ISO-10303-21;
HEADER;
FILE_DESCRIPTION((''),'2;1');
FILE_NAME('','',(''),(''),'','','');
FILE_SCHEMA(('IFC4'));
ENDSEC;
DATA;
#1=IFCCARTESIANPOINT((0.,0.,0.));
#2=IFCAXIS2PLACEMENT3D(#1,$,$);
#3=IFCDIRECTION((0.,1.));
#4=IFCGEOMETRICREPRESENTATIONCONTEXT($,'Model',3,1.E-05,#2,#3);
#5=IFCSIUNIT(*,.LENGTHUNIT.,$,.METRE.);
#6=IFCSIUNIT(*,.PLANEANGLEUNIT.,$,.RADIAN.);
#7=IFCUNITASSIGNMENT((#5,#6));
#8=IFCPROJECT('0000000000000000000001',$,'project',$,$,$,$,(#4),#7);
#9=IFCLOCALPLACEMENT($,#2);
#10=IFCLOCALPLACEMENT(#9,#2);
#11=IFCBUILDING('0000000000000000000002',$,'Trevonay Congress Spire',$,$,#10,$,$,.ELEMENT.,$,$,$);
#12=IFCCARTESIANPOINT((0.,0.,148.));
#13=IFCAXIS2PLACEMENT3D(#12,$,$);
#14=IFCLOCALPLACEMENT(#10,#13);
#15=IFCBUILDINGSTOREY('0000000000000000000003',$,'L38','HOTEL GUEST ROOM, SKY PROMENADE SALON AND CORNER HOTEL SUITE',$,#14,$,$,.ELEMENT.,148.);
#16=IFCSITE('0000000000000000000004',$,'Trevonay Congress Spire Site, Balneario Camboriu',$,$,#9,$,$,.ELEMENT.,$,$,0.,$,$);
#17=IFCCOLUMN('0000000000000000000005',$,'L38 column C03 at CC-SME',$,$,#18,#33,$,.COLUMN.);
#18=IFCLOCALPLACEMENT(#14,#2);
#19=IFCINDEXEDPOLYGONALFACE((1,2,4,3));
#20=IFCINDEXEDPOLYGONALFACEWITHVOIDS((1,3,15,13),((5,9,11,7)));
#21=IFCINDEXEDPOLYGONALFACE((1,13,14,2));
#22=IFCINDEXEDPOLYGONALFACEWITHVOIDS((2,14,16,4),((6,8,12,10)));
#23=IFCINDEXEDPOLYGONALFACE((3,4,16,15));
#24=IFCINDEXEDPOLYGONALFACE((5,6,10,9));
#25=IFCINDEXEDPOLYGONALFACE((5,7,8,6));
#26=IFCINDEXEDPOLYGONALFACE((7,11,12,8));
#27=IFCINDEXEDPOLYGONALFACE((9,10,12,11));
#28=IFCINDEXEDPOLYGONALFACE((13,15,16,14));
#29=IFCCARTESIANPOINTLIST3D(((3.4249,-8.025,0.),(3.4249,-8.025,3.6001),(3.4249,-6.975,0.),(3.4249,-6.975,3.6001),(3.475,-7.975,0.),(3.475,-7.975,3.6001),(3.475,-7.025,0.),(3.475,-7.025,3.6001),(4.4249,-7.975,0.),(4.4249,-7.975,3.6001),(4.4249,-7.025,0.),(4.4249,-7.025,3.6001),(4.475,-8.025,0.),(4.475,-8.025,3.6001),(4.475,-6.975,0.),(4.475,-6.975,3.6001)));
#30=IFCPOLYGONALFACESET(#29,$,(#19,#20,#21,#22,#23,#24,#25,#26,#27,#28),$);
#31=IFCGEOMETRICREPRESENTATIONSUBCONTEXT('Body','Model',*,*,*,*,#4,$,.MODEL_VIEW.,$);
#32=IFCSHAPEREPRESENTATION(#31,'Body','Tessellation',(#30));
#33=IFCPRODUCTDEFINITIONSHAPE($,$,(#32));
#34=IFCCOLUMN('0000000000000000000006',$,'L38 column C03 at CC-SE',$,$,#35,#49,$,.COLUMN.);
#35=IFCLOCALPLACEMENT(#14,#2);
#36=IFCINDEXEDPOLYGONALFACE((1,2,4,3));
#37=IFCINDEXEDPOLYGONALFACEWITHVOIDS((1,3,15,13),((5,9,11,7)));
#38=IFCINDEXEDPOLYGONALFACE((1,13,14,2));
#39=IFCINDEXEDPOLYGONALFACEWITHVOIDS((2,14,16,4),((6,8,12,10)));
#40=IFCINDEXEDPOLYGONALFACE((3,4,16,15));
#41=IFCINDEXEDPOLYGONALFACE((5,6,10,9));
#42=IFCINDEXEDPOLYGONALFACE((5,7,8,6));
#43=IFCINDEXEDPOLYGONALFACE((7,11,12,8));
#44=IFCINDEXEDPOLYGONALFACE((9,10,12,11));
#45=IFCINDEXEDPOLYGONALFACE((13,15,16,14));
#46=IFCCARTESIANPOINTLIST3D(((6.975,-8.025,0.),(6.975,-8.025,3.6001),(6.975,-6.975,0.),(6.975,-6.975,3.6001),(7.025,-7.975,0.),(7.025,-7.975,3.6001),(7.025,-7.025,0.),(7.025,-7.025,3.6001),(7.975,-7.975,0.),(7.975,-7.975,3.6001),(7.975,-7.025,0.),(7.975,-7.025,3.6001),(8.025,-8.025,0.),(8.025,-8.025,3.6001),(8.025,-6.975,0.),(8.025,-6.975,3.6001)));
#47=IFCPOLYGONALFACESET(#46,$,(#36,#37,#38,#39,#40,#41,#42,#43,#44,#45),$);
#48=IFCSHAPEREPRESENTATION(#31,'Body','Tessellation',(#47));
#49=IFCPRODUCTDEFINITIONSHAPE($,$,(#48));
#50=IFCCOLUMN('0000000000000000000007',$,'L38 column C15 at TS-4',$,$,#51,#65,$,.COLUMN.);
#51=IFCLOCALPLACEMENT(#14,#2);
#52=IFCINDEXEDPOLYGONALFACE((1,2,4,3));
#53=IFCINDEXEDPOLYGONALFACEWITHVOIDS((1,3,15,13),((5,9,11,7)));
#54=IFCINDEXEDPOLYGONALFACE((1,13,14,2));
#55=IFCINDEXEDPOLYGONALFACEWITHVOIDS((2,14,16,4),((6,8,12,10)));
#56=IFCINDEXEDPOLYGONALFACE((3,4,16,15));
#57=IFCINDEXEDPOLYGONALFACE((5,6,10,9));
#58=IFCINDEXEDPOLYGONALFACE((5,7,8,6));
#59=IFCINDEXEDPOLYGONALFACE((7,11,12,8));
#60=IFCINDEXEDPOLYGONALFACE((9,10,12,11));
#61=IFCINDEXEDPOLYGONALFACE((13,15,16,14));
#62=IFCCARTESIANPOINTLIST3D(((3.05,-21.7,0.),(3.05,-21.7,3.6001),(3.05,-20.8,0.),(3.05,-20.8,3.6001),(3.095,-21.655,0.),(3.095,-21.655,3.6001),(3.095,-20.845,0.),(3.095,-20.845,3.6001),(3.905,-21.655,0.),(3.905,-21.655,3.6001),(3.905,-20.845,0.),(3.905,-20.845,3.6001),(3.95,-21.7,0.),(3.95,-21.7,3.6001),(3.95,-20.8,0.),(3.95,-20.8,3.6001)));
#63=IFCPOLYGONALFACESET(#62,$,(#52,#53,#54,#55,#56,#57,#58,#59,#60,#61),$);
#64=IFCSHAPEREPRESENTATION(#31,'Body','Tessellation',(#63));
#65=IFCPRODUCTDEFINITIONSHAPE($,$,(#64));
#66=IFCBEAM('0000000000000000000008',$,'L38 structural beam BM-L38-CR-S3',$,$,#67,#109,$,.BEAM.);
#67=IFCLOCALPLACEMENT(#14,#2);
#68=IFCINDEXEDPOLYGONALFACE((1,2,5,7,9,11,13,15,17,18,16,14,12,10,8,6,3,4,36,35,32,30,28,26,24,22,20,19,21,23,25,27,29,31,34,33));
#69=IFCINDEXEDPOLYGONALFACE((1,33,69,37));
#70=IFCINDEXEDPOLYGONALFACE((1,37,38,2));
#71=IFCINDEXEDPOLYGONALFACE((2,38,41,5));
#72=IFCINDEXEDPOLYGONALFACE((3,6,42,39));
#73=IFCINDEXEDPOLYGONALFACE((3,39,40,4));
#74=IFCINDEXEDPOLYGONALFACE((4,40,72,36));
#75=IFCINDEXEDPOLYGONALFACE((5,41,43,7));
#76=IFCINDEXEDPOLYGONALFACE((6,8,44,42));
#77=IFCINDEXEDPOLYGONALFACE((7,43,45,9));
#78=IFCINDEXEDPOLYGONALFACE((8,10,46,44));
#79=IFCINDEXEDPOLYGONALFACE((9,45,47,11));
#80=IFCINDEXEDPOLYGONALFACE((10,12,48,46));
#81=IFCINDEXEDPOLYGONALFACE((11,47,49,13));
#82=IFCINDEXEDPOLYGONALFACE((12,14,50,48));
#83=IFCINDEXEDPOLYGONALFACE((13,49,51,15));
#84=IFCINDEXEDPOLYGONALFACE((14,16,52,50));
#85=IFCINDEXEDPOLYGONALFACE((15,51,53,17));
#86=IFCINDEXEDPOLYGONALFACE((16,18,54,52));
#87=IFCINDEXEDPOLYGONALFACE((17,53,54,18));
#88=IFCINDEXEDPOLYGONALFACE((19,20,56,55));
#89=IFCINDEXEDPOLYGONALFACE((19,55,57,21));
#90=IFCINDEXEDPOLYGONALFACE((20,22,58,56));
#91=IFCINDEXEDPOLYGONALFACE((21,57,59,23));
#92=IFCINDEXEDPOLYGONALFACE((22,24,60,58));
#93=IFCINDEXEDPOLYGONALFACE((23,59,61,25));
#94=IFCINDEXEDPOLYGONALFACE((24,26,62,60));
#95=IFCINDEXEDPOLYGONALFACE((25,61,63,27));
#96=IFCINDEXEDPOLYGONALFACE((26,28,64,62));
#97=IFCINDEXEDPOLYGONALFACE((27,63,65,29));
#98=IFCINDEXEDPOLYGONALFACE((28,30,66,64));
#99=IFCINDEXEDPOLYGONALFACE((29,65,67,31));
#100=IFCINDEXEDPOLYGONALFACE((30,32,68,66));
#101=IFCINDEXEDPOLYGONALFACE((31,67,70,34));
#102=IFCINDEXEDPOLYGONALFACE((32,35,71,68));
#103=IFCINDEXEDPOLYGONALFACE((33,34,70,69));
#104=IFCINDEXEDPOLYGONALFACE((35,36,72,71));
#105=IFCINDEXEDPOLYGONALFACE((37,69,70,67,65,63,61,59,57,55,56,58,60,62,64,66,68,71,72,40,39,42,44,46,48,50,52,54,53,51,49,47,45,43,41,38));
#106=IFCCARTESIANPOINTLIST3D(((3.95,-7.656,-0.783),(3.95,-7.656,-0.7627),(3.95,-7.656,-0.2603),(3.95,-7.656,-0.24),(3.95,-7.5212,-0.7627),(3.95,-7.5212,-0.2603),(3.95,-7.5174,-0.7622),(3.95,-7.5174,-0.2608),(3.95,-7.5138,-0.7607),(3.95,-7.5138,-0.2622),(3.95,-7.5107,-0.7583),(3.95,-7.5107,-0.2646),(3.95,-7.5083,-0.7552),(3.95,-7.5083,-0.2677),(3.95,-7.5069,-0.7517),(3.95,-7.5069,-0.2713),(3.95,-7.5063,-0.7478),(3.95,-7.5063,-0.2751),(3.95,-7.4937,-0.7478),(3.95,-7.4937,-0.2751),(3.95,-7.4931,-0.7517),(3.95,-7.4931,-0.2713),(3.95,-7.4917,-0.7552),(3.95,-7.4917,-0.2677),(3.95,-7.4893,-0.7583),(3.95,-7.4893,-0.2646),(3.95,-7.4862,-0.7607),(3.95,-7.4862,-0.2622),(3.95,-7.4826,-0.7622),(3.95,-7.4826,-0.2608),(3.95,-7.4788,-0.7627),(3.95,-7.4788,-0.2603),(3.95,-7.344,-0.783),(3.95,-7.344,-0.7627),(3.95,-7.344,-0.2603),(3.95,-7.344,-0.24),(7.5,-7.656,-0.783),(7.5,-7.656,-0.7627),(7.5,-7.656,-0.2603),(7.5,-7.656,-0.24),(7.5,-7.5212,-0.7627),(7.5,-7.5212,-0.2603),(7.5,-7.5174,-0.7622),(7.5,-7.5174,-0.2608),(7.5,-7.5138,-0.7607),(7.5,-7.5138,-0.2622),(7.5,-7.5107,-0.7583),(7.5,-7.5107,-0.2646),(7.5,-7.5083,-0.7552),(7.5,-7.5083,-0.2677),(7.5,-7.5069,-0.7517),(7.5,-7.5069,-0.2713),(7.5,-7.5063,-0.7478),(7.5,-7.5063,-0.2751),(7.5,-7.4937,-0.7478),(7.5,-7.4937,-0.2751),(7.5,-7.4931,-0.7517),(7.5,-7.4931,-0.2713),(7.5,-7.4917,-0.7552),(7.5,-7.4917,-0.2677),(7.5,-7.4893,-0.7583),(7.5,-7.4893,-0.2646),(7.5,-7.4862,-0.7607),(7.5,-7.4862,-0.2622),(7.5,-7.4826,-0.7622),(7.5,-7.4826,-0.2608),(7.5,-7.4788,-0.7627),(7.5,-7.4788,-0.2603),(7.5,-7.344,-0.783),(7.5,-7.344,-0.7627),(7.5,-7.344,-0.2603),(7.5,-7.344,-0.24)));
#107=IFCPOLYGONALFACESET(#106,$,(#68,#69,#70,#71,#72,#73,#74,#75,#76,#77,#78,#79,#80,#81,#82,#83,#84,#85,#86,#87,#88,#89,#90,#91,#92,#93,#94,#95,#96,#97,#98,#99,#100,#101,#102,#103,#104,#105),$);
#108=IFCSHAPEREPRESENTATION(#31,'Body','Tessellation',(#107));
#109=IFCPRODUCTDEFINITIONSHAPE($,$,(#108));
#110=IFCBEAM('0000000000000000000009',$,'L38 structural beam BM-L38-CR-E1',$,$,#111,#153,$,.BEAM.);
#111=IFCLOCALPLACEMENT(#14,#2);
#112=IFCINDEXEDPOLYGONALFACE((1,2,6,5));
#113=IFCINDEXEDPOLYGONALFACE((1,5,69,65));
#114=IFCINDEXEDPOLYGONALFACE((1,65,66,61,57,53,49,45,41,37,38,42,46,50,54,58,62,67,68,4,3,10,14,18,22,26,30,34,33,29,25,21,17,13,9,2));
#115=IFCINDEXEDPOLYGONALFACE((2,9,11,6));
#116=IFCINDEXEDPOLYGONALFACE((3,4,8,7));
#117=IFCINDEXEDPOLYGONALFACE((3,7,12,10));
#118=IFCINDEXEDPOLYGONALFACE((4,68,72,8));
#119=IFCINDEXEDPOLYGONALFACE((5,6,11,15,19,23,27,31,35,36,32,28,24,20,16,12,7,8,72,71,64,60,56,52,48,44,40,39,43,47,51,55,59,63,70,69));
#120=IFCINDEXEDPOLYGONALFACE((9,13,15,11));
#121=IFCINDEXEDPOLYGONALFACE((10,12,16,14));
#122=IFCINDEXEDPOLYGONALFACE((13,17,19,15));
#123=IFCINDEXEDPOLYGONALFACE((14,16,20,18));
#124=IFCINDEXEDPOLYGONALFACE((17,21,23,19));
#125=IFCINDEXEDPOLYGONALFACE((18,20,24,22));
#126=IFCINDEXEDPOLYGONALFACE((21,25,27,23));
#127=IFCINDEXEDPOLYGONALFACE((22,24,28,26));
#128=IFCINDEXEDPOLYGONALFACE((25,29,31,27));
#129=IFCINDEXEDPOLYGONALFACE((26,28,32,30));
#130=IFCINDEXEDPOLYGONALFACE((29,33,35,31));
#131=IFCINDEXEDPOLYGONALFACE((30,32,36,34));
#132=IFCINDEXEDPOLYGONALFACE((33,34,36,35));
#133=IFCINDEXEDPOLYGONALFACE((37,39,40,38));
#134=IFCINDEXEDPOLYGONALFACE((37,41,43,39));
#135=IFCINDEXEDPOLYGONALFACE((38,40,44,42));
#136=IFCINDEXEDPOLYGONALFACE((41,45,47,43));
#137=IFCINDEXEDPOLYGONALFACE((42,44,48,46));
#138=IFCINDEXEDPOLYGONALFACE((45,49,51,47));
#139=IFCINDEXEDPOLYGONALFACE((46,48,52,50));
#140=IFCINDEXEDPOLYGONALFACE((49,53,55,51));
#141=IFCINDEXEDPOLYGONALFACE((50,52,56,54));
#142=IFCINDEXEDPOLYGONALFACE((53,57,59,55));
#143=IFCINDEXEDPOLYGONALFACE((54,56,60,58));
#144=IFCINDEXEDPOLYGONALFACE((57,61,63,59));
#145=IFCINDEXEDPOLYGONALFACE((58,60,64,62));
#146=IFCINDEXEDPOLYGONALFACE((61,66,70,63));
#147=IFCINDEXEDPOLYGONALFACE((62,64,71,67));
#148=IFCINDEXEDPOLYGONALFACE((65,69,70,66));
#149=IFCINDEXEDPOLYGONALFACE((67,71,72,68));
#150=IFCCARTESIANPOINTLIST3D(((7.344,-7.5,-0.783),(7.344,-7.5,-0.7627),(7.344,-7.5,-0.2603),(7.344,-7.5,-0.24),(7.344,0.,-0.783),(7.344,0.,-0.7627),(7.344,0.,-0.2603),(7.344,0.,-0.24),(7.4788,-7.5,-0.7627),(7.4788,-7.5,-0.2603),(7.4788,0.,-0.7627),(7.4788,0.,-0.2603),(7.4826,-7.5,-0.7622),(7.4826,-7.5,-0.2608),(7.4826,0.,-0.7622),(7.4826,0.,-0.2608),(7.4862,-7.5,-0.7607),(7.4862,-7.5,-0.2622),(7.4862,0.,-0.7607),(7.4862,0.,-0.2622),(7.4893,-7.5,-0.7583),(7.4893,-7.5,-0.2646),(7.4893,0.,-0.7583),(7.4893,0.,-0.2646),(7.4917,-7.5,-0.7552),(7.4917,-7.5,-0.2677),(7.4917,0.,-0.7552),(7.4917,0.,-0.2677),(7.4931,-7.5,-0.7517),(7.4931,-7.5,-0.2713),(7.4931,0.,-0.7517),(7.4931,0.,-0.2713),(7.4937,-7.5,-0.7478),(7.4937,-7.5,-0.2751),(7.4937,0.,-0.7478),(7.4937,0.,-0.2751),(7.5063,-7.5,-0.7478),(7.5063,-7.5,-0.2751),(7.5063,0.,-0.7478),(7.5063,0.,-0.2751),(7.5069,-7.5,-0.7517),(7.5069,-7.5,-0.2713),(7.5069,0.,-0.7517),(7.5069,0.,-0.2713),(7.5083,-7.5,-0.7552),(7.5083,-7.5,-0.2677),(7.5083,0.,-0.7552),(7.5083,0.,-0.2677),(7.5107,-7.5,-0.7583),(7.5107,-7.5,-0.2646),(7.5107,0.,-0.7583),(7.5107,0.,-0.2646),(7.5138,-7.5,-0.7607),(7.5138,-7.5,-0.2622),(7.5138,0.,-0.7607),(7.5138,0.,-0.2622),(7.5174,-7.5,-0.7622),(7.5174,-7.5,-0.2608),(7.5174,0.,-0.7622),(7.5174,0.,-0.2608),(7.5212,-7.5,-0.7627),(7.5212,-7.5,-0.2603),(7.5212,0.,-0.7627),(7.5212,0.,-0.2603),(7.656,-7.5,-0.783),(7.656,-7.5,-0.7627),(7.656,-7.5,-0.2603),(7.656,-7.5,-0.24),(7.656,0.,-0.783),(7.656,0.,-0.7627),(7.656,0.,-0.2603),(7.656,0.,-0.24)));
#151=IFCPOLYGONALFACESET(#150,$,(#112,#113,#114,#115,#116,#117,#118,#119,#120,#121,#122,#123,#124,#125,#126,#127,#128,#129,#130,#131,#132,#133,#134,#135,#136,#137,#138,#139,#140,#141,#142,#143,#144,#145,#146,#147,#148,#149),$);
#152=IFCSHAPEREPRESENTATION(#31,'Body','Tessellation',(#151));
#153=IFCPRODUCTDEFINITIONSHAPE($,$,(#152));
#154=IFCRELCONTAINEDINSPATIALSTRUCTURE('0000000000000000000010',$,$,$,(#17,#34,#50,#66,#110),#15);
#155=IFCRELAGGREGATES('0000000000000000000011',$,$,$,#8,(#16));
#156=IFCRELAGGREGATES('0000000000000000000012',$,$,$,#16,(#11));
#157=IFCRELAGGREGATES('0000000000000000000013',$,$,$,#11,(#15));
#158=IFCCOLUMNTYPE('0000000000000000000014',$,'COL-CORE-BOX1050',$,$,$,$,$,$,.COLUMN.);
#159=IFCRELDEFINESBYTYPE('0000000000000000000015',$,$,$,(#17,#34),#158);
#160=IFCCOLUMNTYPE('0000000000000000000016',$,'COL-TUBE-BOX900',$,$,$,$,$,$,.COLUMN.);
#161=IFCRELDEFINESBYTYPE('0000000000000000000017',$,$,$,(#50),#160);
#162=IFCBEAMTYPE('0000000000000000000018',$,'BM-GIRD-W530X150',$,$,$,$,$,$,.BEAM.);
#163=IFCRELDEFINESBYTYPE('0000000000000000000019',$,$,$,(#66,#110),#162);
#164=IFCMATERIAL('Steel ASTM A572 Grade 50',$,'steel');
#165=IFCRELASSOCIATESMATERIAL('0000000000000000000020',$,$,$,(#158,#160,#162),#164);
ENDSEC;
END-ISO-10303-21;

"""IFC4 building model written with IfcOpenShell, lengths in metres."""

from ifc_helpers import new_model, si_unit, direction, frame, origin, origin_2d, place, context, subcontext, project, spatial, hollow_rectangle, i_section, extrude, material, material_profile, profile_set, type_object, element, save


model = new_model("IFC4")

# Units and contexts
model_context = context("Model", 3, precision=1e-05, world=origin(), true_north=direction((0.0, 1.0)))
body_context = subcontext(model_context, "Body", "Model", "MODEL_VIEW")
ifc_project = project(units=[si_unit("LENGTHUNIT", "METRE"), si_unit("PLANEANGLEUNIT", "RADIAN")], contexts=[model_context])

# Site, building, storey
site_placement = place(None, origin())
site = spatial("IfcSite", under=ifc_project, at=site_placement, Name="Trevonay Congress Spire Site, Balneario Camboriu", CompositionType="ELEMENT", RefElevation=0.0)
building_placement = place(site_placement, origin())
building = spatial("IfcBuilding", under=site, at=building_placement, Name="Trevonay Congress Spire", CompositionType="ELEMENT")
storey_placement = place(building_placement, frame((0.0, 0.0, 148.0)))
storey = spatial("IfcBuildingStorey", under=building, at=storey_placement, Name="L38", Description="HOTEL GUEST ROOM, SKY PROMENADE SALON AND CORNER HOTEL SUITE", CompositionType="ELEMENT", Elevation=148.0)

# Columns
ifc_material_1 = material(Name="Steel ASTM A572 Grade 50", Category="steel")
ifc_material_profile_1 = material_profile(ifc_material_1, hollow_rectangle(XDim=1.05, YDim=1.05, WallThickness=0.05, at=origin_2d()), Name="BOX 1050x1050x50")
ifc_profile_set_1 = profile_set([ifc_material_profile_1], Name="Steel ASTM A572 Grade 50")
column_type_1 = type_object("IfcColumnType", Name="COL-CORE-BOX1050", PredefinedType="COLUMN", material=ifc_profile_set_1)
for number, where, z_axis, x_axis, name in (
    (1, (3.95, -7.5, 0.0), (0.0, 0.0, 1.0), (1.0, 0.0, 0.0), "L38 column C03 at CC-SME"),
    (2, (7.5, -7.5, 0.0), (0.0, 0.0, 1.0), (1.0, 0.0, 0.0), "L38 column C03 at CC-SE"),
):
    element("IfcColumn", number, at=place(storey_placement, frame(where, z_axis=z_axis, x_axis=x_axis)), inside=storey, type_object=column_type_1, Name=name, PredefinedType="COLUMN", context=body_context, shape_type="SweptSolid", body=[
        extrude(hollow_rectangle(XDim=1.05, YDim=1.05, WallThickness=0.05, at=origin_2d()), origin(), (0.0, 0.0, 1.0), 3.6001),
    ])
ifc_material_profile_2 = material_profile(ifc_material_1, hollow_rectangle(XDim=0.8999, YDim=0.8999, WallThickness=0.0449, at=origin_2d()), Name="BOX 900x900x45")
ifc_profile_set_2 = profile_set([ifc_material_profile_2], Name="Steel ASTM A572 Grade 50")
column_type_2 = type_object("IfcColumnType", Name="COL-TUBE-BOX900", PredefinedType="COLUMN", material=ifc_profile_set_2)
column_placement = place(storey_placement, frame((3.5, -21.25, 0.0), z_axis=(0.0, 0.0, 1.0), x_axis=(1.0, 0.0, 0.0)))
element("IfcColumn", 3, at=column_placement, inside=storey, type_object=column_type_2, Name="L38 column C15 at TS-4", PredefinedType="COLUMN", context=body_context, shape_type="SweptSolid", body=[
    extrude(hollow_rectangle(XDim=0.8999, YDim=0.8999, WallThickness=0.0449, at=origin_2d()), origin(), (0.0, 0.0, 1.0), 3.6001),
])

# Beams
ifc_material_profile_3 = material_profile(ifc_material_1, i_section(OverallWidth=0.312, OverallDepth=0.543, WebThickness=0.0127, FlangeThickness=0.0203, FilletRadius=0.0149, at=origin_2d()), Name="W530x150")
ifc_profile_set_3 = profile_set([ifc_material_profile_3], Name="Steel ASTM A572 Grade 50")
beam_type_1 = type_object("IfcBeamType", Name="BM-GIRD-W530X150", PredefinedType="BEAM", material=ifc_profile_set_3)
beam_1_placement = place(storey_placement, frame((3.95, -7.5, -0.5115), z_axis=(1.0, 0.0, 0.0), x_axis=(0.0, 1.0, 0.0)))
element("IfcBeam", 4, at=beam_1_placement, inside=storey, type_object=beam_type_1, Name="L38 structural beam BM-L38-CR-S3", PredefinedType="BEAM", context=body_context, shape_type="SweptSolid", body=[
    extrude(i_section(OverallWidth=0.312, OverallDepth=0.543, WebThickness=0.0127, FlangeThickness=0.0203, FilletRadius=0.0149, at=origin_2d()), origin(), (0.0, 0.0, 1.0), 3.55),
])
beam_2_placement = place(storey_placement, frame((7.5, -7.5, -0.5115), z_axis=(0.0, 1.0, 0.0), x_axis=(-1.0, 0.0, 0.0)))
element("IfcBeam", 5, at=beam_2_placement, inside=storey, type_object=beam_type_1, Name="L38 structural beam BM-L38-CR-E1", PredefinedType="BEAM", context=body_context, shape_type="SweptSolid", body=[
    extrude(i_section(OverallWidth=0.312, OverallDepth=0.543, WebThickness=0.0127, FlangeThickness=0.0203, FilletRadius=0.0149, at=origin_2d()), origin(), (0.0, 0.0, 1.0), 7.5),
])

save(model, "model.ifc")
